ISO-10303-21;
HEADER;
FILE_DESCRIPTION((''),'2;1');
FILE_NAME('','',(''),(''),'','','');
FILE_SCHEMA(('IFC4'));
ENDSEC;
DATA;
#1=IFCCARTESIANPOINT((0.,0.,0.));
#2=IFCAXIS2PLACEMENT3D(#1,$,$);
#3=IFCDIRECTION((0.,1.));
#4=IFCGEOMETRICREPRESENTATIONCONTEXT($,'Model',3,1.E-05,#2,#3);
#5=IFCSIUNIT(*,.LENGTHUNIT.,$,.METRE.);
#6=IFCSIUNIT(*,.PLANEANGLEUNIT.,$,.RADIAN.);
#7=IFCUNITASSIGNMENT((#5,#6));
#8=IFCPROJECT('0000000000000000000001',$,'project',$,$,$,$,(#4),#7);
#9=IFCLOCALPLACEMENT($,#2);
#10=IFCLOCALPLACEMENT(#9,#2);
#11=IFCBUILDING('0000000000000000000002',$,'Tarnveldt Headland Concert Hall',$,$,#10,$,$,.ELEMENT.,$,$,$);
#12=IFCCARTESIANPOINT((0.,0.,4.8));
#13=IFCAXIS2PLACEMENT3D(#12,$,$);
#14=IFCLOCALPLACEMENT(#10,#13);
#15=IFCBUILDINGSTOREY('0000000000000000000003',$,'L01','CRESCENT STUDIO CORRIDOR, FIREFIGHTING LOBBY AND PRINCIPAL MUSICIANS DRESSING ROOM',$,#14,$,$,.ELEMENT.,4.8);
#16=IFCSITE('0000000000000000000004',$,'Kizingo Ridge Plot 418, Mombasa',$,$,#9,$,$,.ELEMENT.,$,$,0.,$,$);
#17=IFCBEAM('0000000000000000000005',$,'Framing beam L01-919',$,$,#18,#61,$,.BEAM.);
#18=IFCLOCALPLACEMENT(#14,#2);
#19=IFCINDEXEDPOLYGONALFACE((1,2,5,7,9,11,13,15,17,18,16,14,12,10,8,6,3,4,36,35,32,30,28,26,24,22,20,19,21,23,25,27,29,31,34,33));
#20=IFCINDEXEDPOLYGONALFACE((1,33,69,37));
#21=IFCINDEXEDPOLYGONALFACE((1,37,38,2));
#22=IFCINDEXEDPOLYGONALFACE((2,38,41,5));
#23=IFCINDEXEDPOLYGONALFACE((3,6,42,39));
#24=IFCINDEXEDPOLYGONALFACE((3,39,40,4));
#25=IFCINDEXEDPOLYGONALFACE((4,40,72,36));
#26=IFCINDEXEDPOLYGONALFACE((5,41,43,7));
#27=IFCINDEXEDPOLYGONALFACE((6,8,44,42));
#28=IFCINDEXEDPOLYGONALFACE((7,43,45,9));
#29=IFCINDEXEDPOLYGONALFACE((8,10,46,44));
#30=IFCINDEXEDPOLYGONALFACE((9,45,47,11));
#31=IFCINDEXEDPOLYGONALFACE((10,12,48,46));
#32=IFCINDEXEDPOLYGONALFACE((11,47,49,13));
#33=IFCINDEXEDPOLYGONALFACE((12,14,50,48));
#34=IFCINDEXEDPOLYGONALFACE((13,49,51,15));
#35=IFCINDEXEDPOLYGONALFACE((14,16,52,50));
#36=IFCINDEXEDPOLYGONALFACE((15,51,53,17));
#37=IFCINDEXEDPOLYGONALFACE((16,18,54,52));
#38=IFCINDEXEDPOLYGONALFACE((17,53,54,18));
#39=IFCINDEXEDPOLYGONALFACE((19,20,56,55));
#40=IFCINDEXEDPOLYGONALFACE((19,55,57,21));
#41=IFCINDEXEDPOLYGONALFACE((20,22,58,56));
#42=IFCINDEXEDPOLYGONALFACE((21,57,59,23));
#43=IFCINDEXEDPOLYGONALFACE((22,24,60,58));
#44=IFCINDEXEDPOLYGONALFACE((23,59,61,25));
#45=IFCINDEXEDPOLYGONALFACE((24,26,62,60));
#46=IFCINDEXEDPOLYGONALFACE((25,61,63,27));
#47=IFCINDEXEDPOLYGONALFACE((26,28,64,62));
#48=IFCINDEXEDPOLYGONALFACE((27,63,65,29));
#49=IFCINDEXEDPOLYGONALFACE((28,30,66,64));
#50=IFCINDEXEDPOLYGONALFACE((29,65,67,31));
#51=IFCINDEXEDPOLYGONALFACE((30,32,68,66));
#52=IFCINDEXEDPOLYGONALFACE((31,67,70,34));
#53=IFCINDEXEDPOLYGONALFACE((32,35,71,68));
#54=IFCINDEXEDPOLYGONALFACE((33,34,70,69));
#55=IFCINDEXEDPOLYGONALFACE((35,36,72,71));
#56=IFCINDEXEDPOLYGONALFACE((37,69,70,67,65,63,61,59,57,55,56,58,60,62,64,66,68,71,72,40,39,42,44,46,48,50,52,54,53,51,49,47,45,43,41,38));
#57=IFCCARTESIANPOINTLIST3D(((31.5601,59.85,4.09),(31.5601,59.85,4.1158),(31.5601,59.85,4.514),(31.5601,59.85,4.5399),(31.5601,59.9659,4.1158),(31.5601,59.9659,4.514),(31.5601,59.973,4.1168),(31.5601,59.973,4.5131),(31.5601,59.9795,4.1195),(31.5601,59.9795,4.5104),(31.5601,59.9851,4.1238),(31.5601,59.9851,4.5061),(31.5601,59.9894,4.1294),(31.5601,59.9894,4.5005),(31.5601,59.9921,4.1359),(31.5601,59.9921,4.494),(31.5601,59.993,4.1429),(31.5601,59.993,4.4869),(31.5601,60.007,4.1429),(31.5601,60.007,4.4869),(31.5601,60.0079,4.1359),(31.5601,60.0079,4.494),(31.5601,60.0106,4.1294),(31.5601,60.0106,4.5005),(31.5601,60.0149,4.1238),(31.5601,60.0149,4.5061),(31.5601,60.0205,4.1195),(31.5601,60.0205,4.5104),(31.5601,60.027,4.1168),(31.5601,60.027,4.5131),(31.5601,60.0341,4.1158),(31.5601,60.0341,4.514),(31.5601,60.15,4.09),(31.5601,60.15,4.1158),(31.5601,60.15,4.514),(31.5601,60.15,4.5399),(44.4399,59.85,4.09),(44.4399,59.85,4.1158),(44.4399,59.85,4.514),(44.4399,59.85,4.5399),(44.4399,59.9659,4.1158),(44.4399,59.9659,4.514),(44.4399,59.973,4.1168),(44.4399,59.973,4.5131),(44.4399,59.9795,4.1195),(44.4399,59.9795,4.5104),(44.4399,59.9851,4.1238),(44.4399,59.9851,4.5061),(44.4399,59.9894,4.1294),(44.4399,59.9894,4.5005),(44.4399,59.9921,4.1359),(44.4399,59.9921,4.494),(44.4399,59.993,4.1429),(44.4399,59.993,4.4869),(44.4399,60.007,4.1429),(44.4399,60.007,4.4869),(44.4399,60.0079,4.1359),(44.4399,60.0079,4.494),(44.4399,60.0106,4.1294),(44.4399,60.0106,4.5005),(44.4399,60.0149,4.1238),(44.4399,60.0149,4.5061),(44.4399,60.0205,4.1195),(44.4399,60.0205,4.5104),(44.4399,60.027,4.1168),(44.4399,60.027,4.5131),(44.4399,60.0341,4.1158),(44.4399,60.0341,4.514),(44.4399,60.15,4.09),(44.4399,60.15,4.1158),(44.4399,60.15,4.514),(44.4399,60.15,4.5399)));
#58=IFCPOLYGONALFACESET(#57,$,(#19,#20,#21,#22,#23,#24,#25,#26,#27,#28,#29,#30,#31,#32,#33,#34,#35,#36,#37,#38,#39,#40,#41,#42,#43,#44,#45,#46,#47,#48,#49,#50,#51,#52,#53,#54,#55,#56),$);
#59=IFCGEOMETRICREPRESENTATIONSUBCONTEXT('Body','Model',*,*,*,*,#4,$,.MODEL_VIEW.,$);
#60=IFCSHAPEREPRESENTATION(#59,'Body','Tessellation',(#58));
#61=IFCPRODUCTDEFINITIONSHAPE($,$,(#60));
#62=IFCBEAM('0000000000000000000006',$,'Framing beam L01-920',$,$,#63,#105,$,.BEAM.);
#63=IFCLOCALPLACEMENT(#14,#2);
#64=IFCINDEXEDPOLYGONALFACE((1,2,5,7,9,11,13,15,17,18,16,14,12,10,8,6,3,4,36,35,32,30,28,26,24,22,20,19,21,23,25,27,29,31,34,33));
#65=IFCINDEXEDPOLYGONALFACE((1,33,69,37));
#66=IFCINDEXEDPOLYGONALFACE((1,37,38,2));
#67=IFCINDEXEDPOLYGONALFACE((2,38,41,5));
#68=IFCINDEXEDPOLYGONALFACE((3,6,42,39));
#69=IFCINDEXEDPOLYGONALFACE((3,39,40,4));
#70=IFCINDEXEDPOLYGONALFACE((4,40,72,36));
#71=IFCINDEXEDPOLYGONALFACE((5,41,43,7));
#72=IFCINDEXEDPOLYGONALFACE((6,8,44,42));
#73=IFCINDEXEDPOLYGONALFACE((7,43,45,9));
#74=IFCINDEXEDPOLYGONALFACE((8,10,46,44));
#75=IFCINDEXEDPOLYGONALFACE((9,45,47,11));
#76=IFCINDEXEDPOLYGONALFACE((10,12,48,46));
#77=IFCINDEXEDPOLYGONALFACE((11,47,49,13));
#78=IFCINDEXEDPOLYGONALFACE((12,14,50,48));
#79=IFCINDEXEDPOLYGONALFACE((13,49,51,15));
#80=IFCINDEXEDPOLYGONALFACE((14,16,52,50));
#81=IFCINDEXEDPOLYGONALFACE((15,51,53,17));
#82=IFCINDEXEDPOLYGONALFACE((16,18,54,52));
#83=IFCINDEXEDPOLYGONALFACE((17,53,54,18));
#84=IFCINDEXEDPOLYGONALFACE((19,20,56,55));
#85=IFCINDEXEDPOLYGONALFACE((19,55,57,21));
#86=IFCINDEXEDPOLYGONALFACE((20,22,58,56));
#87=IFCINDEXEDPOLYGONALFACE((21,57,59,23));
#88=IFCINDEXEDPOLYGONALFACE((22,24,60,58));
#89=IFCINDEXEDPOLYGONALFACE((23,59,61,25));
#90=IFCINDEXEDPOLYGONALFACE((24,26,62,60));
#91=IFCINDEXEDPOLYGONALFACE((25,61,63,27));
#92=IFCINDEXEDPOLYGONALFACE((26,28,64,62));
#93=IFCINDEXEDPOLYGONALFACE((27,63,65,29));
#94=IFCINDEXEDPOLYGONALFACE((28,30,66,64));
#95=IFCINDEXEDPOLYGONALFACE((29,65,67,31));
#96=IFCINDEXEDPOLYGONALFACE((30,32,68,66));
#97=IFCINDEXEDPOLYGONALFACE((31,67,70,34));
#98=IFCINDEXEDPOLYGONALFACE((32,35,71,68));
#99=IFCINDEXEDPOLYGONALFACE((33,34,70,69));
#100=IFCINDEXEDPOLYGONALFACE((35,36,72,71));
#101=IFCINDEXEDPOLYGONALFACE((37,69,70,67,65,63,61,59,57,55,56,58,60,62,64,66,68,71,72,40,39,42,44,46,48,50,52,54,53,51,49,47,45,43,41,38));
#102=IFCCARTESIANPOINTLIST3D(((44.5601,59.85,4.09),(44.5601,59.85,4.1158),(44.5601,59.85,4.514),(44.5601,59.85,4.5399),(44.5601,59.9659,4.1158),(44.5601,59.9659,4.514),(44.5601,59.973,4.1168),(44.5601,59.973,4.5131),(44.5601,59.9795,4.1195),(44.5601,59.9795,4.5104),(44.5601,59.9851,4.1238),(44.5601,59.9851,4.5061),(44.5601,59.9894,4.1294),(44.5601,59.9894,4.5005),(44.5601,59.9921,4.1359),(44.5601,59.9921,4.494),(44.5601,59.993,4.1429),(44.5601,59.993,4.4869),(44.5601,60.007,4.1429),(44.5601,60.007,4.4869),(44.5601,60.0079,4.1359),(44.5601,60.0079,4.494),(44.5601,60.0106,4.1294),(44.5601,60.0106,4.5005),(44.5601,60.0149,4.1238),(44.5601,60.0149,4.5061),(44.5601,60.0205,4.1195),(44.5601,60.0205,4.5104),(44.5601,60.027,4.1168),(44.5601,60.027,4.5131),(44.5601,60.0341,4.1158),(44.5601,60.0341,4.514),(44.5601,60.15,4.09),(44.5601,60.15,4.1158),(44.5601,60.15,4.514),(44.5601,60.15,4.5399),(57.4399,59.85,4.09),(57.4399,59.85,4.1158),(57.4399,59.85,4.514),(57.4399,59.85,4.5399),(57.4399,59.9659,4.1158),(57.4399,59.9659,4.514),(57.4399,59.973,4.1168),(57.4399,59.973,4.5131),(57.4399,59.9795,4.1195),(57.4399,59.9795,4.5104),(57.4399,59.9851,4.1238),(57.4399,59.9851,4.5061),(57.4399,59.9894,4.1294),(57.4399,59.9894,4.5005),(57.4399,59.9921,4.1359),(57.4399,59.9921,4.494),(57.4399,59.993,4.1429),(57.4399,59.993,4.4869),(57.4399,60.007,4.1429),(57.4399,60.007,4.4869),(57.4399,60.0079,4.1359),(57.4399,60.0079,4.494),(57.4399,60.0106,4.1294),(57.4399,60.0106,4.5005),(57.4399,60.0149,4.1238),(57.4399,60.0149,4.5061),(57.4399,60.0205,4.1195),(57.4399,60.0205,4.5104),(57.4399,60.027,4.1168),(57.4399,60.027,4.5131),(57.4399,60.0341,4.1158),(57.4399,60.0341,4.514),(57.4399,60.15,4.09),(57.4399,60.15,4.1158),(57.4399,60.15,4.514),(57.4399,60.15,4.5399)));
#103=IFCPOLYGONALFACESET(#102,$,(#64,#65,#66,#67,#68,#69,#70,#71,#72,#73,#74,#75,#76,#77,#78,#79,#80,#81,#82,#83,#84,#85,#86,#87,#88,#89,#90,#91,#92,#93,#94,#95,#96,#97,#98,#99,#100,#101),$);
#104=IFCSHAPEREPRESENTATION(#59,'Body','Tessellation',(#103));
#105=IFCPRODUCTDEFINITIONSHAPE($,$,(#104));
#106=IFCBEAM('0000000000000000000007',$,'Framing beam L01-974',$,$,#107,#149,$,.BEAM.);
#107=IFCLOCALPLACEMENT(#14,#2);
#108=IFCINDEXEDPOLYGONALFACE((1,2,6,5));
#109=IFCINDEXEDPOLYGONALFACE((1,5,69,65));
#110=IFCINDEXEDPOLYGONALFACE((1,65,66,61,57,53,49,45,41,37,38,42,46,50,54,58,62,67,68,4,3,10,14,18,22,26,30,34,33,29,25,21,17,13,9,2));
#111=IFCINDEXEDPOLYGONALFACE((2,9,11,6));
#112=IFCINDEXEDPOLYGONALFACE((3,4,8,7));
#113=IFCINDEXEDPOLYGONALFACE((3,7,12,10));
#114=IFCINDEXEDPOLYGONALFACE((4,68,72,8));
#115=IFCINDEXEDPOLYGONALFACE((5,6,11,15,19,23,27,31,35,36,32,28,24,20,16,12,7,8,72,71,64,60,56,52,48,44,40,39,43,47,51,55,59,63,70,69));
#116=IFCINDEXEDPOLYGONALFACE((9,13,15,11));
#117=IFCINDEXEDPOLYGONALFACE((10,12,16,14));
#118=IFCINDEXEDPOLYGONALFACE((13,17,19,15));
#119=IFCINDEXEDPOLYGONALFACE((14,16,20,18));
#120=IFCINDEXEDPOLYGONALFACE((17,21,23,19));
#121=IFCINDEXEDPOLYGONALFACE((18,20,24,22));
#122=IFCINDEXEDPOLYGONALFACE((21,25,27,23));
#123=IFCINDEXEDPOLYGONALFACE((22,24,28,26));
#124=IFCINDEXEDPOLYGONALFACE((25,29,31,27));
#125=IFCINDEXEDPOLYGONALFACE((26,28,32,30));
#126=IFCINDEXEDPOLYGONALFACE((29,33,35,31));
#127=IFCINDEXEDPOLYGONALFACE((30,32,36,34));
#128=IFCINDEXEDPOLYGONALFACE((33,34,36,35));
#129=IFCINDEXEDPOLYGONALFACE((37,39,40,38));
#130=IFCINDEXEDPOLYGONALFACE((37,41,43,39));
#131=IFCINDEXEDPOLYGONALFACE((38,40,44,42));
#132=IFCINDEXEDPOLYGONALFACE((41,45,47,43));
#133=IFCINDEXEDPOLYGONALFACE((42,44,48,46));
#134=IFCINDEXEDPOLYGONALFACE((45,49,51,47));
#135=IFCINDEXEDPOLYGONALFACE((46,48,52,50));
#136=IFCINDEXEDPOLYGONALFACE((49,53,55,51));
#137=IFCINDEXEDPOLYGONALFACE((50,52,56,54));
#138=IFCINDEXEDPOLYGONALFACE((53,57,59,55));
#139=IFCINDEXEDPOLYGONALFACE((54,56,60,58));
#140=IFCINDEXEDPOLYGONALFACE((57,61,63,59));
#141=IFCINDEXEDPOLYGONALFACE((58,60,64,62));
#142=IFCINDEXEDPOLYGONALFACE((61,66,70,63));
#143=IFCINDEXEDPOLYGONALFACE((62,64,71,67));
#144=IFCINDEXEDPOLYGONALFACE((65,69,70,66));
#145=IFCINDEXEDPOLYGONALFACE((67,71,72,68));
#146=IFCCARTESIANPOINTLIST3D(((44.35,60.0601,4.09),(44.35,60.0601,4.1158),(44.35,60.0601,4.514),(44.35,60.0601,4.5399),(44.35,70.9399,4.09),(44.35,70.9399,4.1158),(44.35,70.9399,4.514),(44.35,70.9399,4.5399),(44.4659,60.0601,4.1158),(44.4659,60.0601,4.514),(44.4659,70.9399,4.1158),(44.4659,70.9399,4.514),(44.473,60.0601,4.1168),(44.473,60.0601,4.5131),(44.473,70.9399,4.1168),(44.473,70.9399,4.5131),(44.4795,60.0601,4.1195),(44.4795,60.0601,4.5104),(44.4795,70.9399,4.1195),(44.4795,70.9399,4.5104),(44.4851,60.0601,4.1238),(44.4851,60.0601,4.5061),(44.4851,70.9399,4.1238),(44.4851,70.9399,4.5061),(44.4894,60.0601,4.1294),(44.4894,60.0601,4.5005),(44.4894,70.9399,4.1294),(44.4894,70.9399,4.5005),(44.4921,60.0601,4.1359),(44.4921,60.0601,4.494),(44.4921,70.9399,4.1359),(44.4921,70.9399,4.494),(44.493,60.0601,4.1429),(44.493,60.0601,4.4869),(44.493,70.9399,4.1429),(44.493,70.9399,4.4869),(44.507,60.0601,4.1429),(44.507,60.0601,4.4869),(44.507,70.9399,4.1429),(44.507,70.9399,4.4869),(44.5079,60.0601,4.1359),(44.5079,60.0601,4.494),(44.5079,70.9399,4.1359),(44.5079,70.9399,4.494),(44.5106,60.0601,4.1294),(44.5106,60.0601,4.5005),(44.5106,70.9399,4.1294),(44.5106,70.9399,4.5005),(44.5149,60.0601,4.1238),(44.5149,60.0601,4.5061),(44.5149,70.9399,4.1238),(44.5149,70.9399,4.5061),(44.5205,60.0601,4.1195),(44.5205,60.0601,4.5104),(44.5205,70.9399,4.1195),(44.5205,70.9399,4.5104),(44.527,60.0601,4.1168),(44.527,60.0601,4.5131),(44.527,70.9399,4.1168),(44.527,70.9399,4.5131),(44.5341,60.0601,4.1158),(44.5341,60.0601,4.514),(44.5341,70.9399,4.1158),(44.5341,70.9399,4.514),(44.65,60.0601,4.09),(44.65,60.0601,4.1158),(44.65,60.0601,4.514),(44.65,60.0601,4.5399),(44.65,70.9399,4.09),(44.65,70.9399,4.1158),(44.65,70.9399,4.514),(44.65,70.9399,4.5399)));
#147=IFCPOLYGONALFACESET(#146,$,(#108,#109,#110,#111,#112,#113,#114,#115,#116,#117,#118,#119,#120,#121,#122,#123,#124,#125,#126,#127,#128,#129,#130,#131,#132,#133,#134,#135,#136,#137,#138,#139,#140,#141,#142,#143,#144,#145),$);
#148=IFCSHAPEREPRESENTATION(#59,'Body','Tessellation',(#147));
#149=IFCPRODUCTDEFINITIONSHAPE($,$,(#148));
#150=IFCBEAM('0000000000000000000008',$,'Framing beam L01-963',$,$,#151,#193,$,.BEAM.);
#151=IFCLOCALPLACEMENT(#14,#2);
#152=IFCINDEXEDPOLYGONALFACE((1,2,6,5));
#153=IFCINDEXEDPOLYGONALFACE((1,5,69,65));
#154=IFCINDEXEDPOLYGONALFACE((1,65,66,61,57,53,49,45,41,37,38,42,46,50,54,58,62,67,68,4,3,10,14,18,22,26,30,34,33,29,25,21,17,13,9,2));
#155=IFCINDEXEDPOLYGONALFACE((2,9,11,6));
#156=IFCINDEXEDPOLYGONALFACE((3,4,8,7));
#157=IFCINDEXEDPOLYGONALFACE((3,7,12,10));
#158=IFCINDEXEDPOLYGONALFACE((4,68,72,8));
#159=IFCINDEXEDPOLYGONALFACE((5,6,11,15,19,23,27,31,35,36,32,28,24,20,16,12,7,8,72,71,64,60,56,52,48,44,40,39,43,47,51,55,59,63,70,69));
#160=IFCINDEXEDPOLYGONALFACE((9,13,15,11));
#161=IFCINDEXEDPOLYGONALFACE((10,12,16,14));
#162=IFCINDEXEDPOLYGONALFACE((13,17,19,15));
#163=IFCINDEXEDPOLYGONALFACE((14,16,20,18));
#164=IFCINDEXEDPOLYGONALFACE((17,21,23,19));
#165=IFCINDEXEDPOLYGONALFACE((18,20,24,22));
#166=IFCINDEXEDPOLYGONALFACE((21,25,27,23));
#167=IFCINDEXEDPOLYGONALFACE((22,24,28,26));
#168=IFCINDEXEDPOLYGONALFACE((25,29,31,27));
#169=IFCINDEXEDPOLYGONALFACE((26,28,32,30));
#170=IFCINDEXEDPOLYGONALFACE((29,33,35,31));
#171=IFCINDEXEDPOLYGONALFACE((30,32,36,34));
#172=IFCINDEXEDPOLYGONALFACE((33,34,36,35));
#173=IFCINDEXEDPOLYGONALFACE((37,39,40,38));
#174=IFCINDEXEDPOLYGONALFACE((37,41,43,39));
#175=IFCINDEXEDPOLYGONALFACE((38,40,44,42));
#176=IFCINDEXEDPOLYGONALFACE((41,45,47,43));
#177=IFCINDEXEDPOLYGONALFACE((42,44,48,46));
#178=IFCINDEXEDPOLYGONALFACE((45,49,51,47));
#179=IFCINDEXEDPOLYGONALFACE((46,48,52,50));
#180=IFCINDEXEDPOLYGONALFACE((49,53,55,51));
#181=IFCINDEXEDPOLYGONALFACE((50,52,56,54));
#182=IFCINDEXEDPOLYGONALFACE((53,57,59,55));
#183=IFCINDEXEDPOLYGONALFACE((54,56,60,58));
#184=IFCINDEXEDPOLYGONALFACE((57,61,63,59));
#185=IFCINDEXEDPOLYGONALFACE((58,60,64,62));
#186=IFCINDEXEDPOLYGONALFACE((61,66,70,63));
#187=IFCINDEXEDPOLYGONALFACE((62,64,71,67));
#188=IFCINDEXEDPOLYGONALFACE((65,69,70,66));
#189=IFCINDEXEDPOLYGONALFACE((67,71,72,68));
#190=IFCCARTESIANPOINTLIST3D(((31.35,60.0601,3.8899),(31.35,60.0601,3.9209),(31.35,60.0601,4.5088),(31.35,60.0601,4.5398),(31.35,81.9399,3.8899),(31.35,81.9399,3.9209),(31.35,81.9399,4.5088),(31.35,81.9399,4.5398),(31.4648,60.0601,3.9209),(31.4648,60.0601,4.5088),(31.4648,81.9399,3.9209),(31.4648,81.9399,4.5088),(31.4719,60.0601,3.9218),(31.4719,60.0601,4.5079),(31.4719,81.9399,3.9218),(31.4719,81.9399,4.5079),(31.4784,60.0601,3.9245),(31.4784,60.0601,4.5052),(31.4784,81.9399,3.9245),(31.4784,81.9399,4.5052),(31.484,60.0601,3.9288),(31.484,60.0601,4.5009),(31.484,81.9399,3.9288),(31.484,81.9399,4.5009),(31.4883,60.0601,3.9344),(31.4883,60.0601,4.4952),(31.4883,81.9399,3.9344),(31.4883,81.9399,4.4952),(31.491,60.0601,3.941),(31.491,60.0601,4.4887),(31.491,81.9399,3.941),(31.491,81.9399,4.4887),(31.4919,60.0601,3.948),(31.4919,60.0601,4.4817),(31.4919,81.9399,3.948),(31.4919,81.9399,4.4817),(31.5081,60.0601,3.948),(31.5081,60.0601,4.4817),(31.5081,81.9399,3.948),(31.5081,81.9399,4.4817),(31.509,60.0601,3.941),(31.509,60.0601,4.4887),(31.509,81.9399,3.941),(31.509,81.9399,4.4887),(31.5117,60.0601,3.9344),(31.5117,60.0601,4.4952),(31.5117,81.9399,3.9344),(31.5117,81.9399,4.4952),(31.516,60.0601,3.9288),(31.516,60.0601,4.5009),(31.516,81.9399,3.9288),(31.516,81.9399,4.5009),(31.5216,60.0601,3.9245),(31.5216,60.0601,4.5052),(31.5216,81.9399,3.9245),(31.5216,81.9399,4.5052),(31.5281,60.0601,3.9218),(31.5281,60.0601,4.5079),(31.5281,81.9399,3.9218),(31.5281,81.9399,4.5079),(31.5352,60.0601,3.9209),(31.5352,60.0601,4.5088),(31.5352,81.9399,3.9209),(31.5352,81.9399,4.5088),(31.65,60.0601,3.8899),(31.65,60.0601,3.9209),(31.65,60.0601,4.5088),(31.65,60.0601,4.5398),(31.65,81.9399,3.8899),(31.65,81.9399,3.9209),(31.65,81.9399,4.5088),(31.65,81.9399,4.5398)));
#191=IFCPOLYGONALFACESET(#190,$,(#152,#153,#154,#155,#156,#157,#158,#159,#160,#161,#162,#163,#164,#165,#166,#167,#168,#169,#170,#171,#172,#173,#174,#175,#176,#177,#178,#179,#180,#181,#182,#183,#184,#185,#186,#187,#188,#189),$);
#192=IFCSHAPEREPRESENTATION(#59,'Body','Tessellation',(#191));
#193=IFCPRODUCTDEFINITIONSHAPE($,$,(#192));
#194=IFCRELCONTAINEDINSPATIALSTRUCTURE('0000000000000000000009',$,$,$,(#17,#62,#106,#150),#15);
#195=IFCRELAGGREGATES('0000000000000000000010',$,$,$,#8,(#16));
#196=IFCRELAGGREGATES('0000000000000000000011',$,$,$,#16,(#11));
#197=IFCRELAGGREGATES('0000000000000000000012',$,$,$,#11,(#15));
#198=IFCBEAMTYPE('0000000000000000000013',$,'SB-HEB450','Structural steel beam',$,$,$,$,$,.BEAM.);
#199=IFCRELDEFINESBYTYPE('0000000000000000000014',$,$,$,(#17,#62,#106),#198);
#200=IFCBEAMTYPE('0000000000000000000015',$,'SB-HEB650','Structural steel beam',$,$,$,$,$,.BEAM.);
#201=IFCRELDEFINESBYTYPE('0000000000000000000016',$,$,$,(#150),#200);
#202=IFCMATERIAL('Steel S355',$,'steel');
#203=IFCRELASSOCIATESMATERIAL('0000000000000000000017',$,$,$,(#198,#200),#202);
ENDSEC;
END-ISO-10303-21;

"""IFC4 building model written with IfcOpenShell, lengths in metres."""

from ifc_helpers import new_model, si_unit, direction, frame, origin, origin_2d, place, context, subcontext, project, spatial, i_section, extrude, material, material_profile, profile_set, type_object, element, save


model = new_model("IFC4")

# Units and contexts
model_context = context("Model", 3, precision=1e-05, world=origin(), true_north=direction((0.0, 1.0)))
body_context = subcontext(model_context, "Body", "Model", "MODEL_VIEW")
ifc_project = project(units=[si_unit("LENGTHUNIT", "METRE"), si_unit("PLANEANGLEUNIT", "RADIAN")], contexts=[model_context])

# Site, building, storey
site_placement = place(None, origin())
site = spatial("IfcSite", under=ifc_project, at=site_placement, Name="Kizingo Ridge Plot 418, Mombasa", CompositionType="ELEMENT", RefElevation=0.0)
building_placement = place(site_placement, origin())
building = spatial("IfcBuilding", under=site, at=building_placement, Name="Tarnveldt Headland Concert Hall", CompositionType="ELEMENT")
storey_placement = place(building_placement, frame((0.0, 0.0, 4.8)))
storey = spatial("IfcBuildingStorey", under=building, at=storey_placement, Name="L01", Description="CRESCENT STUDIO CORRIDOR, FIREFIGHTING LOBBY AND PRINCIPAL MUSICIANS DRESSING ROOM", CompositionType="ELEMENT", Elevation=4.8)

# Shared definitions
ifc_material_1 = material(Name="Steel S355", Category="steel")

# Beams
ifc_material_profile_1 = material_profile(ifc_material_1, i_section(OverallWidth=0.3, OverallDepth=0.45, WebThickness=0.0139, FlangeThickness=0.0259, FilletRadius=0.0271, at=origin_2d()), Name="HEB450", Category="steel")
ifc_profile_set_1 = profile_set([ifc_material_profile_1], Name="Steel S355")
beam_type_1 = type_object("IfcBeamType", Name="SB-HEB450", Description="Structural steel beam", PredefinedType="BEAM", material=ifc_profile_set_1)
for number, where, z_axis, x_axis, name in (
    (1, (31.5601, 60.0, 4.3149), (1.0, 0.0, 0.0), (0.0, 1.0, 0.0), "Framing beam L01-919"),
    (2, (44.5601, 60.0, 4.3149), (1.0, 0.0, 0.0), (0.0, 1.0, 0.0), "Framing beam L01-920"),
):
    element("IfcBeam", number, at=place(storey_placement, frame(where, z_axis=z_axis, x_axis=x_axis)), inside=storey, type_object=beam_type_1, Name=name, PredefinedType="BEAM", context=body_context, shape_type="SweptSolid", body=[
        extrude(i_section(OverallWidth=0.3, OverallDepth=0.45, WebThickness=0.0139, FlangeThickness=0.0259, FilletRadius=0.0271, at=origin_2d()), origin(), (0.0, 0.0, 1.0), 12.8799),
    ])
beam_1_placement = place(storey_placement, frame((44.5, 60.0601, 4.3149), z_axis=(0.0, 1.0, 0.0), x_axis=(-1.0, 0.0, 0.0)))
element("IfcBeam", 3, at=beam_1_placement, inside=storey, type_object=beam_type_1, Name="Framing beam L01-974", PredefinedType="BEAM", context=body_context, shape_type="SweptSolid", body=[
    extrude(i_section(OverallWidth=0.3, OverallDepth=0.45, WebThickness=0.0139, FlangeThickness=0.0259, FilletRadius=0.0271, at=origin_2d()), origin(), (0.0, 0.0, 1.0), 10.8799),
])
ifc_material_profile_2 = material_profile(ifc_material_1, i_section(OverallWidth=0.3, OverallDepth=0.6499, WebThickness=0.0161, FlangeThickness=0.031, FilletRadius=0.0271, at=origin_2d()), Name="HEB650", Category="steel")
ifc_profile_set_2 = profile_set([ifc_material_profile_2], Name="Steel S355")
beam_type_2 = type_object("IfcBeamType", Name="SB-HEB650", Description="Structural steel beam", PredefinedType="BEAM", material=ifc_profile_set_2)
beam_2_placement = place(storey_placement, frame((31.5, 60.0601, 4.2148), z_axis=(0.0, 1.0, 0.0), x_axis=(-1.0, 0.0, 0.0)))
element("IfcBeam", 4, at=beam_2_placement, inside=storey, type_object=beam_type_2, Name="Framing beam L01-963", PredefinedType="BEAM", context=body_context, shape_type="SweptSolid", body=[
    extrude(i_section(OverallWidth=0.3, OverallDepth=0.6499, WebThickness=0.0161, FlangeThickness=0.031, FilletRadius=0.0271, at=origin_2d()), origin(), (0.0, 0.0, 1.0), 21.8799),
])

save(model, "model.ifc")
